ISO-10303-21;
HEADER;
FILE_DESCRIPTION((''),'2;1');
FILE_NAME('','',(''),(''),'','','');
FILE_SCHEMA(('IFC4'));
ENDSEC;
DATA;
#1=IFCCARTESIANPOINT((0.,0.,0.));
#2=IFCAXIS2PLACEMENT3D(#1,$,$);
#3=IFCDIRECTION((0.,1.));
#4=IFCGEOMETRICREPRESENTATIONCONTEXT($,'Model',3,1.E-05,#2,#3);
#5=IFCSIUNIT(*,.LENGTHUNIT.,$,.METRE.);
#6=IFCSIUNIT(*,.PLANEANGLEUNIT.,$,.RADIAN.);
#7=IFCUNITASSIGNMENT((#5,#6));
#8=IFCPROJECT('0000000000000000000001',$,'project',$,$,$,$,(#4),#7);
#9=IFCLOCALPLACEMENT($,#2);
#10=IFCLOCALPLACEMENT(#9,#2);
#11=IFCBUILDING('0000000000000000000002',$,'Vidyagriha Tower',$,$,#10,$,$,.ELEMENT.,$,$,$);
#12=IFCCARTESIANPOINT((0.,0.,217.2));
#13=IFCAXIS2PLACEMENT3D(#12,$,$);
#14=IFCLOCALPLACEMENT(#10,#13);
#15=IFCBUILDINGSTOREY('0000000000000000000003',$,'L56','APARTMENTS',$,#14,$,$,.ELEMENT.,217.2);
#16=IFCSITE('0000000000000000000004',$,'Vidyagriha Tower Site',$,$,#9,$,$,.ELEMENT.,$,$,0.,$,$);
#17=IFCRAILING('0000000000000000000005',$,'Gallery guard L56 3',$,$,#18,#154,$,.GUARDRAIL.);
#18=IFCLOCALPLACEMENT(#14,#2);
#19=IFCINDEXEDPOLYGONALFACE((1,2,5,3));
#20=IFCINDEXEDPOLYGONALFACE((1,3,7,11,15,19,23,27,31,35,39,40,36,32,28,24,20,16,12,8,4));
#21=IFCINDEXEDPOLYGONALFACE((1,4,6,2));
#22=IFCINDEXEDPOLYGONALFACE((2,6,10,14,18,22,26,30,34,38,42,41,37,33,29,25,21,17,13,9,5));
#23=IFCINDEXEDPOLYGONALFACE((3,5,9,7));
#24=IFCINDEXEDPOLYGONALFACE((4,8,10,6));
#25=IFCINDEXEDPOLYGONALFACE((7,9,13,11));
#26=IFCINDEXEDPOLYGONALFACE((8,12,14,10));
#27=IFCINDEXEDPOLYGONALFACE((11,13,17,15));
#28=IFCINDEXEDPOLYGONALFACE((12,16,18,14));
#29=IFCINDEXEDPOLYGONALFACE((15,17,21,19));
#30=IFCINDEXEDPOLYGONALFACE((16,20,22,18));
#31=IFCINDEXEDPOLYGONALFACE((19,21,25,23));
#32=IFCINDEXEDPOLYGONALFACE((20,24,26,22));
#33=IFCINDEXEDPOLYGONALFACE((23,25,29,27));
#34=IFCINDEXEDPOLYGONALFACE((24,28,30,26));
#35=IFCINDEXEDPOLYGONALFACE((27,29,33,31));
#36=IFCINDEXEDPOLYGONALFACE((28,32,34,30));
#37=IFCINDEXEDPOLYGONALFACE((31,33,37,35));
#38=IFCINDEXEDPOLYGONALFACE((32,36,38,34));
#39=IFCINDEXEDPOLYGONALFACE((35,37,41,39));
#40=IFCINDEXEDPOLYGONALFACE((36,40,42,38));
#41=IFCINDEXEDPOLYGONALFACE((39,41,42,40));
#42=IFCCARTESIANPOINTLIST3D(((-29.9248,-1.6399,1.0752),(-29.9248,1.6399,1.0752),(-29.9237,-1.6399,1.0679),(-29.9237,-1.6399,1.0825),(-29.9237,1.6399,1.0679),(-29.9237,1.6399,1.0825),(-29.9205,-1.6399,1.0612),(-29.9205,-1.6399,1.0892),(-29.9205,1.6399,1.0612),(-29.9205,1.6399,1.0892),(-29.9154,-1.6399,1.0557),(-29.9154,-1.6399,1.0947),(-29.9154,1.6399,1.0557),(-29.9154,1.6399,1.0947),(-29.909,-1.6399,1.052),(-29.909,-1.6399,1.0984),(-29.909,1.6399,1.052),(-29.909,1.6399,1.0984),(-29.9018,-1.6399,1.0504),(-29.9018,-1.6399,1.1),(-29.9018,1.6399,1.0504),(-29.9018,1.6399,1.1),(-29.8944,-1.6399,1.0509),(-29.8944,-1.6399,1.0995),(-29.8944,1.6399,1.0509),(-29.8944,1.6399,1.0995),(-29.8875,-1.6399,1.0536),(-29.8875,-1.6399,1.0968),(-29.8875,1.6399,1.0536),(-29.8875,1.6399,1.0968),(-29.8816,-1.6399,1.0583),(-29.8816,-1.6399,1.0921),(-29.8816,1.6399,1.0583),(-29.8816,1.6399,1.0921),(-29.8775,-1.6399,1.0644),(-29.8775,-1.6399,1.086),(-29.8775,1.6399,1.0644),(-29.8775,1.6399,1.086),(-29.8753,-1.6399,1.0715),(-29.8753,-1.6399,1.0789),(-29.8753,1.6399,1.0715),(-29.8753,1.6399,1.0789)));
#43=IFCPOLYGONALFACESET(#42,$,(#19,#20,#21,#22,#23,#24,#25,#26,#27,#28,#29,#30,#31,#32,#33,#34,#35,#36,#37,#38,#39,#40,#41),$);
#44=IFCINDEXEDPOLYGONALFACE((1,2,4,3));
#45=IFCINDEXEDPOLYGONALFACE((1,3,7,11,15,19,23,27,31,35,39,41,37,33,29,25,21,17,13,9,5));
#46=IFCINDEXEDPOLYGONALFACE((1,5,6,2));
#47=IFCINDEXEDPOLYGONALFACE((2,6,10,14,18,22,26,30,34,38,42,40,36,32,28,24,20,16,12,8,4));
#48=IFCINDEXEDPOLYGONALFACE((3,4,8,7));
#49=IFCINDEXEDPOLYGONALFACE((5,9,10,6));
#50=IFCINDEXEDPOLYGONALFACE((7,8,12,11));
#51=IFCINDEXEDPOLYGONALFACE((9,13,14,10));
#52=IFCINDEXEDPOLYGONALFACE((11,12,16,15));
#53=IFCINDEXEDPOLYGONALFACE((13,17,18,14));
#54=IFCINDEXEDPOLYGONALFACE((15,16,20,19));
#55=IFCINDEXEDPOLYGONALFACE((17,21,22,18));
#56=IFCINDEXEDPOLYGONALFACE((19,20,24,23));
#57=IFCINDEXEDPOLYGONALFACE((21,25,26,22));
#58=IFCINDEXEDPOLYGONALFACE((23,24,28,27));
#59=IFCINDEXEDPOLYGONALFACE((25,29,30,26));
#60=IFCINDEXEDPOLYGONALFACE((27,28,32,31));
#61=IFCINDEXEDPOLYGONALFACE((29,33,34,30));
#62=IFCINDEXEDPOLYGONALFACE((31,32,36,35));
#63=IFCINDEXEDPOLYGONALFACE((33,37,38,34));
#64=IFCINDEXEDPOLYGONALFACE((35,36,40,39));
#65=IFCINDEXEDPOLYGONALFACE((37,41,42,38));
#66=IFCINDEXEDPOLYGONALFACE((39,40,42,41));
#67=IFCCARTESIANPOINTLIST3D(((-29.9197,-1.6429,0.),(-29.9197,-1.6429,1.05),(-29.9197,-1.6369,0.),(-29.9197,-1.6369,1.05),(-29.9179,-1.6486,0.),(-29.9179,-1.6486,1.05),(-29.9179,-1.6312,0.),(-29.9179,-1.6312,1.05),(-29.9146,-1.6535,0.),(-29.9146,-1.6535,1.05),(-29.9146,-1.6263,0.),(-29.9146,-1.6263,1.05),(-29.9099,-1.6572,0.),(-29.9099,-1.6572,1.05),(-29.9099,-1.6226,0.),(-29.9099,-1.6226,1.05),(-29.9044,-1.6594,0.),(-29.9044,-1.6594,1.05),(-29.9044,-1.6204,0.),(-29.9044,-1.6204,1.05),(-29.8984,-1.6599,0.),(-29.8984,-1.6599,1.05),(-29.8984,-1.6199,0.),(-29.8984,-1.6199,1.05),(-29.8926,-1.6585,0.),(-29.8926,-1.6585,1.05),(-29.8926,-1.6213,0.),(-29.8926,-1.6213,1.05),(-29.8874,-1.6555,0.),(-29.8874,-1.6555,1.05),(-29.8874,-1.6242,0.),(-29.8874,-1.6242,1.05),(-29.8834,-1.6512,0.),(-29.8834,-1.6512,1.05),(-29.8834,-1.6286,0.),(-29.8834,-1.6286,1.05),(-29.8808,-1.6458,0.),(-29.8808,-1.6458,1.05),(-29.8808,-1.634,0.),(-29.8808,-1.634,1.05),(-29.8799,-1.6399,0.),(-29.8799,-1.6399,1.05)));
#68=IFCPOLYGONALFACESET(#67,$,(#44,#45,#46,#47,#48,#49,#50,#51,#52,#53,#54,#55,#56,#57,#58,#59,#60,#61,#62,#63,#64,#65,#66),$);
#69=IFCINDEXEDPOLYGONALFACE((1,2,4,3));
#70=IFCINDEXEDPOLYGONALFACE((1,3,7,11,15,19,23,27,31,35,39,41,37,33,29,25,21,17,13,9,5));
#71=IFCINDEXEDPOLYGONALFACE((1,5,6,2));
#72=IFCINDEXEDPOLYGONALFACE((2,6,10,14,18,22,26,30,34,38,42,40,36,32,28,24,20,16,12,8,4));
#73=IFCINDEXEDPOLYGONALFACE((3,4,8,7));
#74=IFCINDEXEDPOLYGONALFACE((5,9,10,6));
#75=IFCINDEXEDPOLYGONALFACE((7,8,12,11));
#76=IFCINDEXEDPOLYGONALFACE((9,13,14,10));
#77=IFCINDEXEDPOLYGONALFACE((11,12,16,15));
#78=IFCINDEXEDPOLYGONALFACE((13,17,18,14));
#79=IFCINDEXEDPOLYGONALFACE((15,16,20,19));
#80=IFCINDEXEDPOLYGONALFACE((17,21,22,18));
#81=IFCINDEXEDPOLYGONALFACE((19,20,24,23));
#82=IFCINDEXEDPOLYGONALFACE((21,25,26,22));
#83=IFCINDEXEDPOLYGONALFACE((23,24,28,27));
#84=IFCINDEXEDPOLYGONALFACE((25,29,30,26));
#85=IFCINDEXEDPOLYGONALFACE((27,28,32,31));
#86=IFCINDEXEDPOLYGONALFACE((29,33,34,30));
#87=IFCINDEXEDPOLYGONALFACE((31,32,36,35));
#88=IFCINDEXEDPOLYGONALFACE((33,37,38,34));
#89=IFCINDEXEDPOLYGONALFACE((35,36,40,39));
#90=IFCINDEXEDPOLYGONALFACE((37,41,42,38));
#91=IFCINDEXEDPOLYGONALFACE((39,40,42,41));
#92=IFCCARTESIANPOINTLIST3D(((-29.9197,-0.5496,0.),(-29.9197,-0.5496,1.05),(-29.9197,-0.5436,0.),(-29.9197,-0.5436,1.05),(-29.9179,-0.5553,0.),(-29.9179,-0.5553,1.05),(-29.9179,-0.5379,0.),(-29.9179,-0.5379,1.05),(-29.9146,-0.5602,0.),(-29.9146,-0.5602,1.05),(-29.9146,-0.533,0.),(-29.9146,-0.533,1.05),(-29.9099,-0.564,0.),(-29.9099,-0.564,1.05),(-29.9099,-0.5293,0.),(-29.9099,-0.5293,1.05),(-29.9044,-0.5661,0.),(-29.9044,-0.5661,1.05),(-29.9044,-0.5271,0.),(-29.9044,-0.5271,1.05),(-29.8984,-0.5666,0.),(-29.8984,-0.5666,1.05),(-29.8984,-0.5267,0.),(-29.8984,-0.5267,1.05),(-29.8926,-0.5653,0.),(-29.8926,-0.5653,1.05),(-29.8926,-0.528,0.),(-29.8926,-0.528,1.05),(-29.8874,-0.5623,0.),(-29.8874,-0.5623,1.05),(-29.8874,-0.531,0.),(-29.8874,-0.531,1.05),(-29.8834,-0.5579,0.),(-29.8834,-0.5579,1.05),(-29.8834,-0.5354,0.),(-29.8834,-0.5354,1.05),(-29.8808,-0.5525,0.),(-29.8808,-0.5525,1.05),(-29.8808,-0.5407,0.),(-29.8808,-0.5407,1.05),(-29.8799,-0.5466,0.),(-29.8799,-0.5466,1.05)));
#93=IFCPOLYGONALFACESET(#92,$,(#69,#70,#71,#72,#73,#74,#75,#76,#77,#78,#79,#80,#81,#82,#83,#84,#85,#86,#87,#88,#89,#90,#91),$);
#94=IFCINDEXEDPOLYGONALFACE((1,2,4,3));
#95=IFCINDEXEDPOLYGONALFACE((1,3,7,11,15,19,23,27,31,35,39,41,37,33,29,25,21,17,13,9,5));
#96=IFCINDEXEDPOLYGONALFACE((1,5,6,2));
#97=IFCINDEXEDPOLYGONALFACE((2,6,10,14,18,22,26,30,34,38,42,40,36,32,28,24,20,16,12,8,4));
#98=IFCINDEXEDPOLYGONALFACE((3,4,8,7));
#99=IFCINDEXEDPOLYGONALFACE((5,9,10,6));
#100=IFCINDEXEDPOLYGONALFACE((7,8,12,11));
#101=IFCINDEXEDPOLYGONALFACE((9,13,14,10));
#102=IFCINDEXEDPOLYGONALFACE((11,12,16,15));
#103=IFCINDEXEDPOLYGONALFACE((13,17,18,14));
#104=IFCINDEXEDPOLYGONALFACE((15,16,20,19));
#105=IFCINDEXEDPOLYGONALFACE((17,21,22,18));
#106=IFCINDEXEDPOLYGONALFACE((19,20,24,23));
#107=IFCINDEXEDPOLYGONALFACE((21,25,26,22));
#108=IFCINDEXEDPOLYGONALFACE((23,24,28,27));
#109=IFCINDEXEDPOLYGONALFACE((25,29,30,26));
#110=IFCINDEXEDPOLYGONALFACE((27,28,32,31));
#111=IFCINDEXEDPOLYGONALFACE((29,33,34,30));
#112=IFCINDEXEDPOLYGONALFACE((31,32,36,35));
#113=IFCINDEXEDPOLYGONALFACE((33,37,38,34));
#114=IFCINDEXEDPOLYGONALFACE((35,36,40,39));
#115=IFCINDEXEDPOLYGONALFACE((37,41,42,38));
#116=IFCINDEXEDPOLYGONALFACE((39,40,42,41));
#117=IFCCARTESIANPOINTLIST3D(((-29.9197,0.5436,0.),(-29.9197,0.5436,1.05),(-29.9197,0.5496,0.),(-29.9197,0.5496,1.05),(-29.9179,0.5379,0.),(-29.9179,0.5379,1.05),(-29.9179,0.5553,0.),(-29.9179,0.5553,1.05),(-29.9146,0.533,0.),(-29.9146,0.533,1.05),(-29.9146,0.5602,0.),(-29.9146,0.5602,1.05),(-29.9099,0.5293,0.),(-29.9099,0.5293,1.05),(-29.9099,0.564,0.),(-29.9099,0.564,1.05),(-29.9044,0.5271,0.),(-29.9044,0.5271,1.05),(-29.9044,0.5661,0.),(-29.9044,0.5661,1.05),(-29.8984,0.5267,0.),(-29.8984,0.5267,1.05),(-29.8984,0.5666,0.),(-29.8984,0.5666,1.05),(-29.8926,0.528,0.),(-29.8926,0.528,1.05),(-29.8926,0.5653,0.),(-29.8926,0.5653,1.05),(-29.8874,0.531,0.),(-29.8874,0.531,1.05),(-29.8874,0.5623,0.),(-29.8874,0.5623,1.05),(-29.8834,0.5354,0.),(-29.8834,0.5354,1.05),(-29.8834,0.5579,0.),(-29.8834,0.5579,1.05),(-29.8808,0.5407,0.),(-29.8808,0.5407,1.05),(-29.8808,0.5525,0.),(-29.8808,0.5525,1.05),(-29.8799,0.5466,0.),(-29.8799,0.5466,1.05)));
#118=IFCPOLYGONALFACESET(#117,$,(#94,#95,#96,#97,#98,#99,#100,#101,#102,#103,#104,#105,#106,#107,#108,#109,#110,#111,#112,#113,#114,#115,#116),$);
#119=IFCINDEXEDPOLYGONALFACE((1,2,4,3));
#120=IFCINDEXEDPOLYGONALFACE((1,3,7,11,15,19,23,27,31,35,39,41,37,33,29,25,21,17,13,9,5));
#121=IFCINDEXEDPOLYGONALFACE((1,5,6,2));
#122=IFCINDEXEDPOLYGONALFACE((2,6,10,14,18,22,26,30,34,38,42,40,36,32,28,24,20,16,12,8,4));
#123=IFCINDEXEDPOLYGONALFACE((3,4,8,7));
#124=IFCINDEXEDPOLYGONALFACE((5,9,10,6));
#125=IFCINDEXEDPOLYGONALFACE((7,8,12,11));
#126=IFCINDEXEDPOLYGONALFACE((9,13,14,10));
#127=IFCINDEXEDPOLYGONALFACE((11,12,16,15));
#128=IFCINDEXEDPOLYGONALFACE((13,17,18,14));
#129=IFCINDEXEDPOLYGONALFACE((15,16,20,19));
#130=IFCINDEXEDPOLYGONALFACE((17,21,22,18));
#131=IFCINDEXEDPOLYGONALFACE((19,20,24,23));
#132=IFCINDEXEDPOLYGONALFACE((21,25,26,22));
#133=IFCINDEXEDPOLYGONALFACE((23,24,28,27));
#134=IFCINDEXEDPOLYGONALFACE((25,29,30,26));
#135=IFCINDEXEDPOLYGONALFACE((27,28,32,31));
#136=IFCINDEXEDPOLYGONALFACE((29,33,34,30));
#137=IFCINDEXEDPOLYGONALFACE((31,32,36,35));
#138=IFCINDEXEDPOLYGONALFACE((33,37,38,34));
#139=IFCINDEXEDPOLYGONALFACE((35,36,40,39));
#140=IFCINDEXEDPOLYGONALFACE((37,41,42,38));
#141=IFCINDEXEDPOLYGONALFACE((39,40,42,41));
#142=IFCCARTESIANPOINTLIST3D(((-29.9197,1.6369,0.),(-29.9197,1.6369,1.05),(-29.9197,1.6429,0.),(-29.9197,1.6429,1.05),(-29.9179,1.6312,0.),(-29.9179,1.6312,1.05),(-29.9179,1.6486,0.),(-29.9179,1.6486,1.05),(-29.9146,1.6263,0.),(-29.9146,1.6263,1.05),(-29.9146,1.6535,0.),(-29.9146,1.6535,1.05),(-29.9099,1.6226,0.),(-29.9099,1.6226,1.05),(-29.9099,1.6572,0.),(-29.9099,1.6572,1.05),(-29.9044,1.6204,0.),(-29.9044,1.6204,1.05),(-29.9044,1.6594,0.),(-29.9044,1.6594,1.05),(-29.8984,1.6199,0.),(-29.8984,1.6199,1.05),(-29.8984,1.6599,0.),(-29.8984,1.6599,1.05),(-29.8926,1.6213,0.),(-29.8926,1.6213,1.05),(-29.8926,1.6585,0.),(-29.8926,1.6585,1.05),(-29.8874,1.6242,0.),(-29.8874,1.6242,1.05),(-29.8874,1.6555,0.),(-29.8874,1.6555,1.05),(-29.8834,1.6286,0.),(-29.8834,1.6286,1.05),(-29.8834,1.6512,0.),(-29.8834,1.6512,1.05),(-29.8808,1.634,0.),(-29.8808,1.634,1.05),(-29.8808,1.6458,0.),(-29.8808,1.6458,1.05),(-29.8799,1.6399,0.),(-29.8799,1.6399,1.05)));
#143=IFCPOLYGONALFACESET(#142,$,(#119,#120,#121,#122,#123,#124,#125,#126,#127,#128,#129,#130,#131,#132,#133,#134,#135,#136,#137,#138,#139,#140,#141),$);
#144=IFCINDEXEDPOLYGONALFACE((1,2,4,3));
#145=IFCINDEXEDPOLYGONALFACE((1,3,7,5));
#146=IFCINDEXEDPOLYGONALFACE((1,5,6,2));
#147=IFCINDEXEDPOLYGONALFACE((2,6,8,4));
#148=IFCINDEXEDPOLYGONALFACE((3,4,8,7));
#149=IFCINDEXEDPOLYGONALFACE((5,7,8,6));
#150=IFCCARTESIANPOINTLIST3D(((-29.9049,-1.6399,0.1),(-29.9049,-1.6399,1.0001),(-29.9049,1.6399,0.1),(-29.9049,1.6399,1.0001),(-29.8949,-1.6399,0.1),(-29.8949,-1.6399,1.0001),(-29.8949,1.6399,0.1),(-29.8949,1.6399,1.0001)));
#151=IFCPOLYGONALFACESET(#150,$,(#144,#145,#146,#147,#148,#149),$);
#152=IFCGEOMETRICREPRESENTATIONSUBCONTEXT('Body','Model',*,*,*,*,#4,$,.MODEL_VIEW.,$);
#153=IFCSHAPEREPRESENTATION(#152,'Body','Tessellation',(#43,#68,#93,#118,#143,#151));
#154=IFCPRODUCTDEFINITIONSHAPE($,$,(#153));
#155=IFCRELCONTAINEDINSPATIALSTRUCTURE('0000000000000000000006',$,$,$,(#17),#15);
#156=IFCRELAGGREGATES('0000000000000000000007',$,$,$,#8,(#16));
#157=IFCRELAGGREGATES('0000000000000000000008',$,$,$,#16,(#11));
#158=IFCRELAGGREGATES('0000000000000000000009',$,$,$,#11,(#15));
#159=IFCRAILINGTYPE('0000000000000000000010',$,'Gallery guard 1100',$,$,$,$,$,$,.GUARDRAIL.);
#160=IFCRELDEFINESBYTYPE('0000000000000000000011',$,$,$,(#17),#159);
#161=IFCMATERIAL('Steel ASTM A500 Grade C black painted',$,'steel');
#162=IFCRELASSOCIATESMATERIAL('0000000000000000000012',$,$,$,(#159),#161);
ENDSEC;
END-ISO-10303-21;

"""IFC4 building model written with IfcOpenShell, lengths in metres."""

from ifc_helpers import new_model, si_unit, direction, frame, origin, origin_2d, place, context, subcontext, project, spatial, rectangle, circle, extrude, material, type_object, element, save


model = new_model("IFC4")

# Units and contexts
model_context = context("Model", 3, precision=1e-05, world=origin(), true_north=direction((0.0, 1.0)))
body_context = subcontext(model_context, "Body", "Model", "MODEL_VIEW")
ifc_project = project(units=[si_unit("LENGTHUNIT", "METRE"), si_unit("PLANEANGLEUNIT", "RADIAN")], contexts=[model_context])

# Site, building, storey
site_placement = place(None, origin())
site = spatial("IfcSite", under=ifc_project, at=site_placement, Name="Vidyagriha Tower Site", CompositionType="ELEMENT", RefElevation=0.0)
building_placement = place(site_placement, origin())
building = spatial("IfcBuilding", under=site, at=building_placement, Name="Vidyagriha Tower", CompositionType="ELEMENT")
storey_placement = place(building_placement, frame((0.0, 0.0, 217.2)))
storey = spatial("IfcBuildingStorey", under=building, at=storey_placement, Name="L56", Description="APARTMENTS", CompositionType="ELEMENT", Elevation=217.2)

# Railing
ifc_material_1 = material(Name="Steel ASTM A500 Grade C black painted", Category="steel")
railing_type_1 = type_object("IfcRailingType", Name="Gallery guard 1100", PredefinedType="GUARDRAIL", material=ifc_material_1)
railing_1_placement = place(storey_placement, frame((-29.8999, -1.6399, 0.0)))
element("IfcRailing", 1, at=railing_1_placement, inside=storey, type_object=railing_type_1, Name="Gallery guard L56 3", PredefinedType="GUARDRAIL", context=body_context, shape_type="SweptSolid", body=[
    extrude(circle(Radius=0.0249, at=origin_2d()), frame((0.0, 0.0, 1.0752), z_axis=(0.0, 1.0, 0.0), x_axis=(-1.0, 0.0, 0.0)), (0.0, 0.0, 1.0), 3.2798),
    extrude(circle(Radius=0.02, at=origin_2d()), origin(), (0.0, 0.0, 1.0), 1.05),
    extrude(circle(Radius=0.02, at=origin_2d()), frame((0.0, 1.0933, 0.0)), (0.0, 0.0, 1.0), 1.05),
    extrude(circle(Radius=0.02, at=origin_2d()), frame((0.0, 2.1865, 0.0)), (0.0, 0.0, 1.0), 1.05),
    extrude(circle(Radius=0.02, at=origin_2d()), frame((0.0, 3.2798, 0.0)), (0.0, 0.0, 1.0), 1.05),
    extrude(rectangle(XDim=0.01, YDim=0.9001, at=origin_2d()), frame((0.0, 0.0, 0.55), z_axis=(0.0, 1.0, 0.0), x_axis=(-1.0, 0.0, 0.0)), (0.0, 0.0, 1.0), 3.2798),
])

save(model, "model.ifc")
